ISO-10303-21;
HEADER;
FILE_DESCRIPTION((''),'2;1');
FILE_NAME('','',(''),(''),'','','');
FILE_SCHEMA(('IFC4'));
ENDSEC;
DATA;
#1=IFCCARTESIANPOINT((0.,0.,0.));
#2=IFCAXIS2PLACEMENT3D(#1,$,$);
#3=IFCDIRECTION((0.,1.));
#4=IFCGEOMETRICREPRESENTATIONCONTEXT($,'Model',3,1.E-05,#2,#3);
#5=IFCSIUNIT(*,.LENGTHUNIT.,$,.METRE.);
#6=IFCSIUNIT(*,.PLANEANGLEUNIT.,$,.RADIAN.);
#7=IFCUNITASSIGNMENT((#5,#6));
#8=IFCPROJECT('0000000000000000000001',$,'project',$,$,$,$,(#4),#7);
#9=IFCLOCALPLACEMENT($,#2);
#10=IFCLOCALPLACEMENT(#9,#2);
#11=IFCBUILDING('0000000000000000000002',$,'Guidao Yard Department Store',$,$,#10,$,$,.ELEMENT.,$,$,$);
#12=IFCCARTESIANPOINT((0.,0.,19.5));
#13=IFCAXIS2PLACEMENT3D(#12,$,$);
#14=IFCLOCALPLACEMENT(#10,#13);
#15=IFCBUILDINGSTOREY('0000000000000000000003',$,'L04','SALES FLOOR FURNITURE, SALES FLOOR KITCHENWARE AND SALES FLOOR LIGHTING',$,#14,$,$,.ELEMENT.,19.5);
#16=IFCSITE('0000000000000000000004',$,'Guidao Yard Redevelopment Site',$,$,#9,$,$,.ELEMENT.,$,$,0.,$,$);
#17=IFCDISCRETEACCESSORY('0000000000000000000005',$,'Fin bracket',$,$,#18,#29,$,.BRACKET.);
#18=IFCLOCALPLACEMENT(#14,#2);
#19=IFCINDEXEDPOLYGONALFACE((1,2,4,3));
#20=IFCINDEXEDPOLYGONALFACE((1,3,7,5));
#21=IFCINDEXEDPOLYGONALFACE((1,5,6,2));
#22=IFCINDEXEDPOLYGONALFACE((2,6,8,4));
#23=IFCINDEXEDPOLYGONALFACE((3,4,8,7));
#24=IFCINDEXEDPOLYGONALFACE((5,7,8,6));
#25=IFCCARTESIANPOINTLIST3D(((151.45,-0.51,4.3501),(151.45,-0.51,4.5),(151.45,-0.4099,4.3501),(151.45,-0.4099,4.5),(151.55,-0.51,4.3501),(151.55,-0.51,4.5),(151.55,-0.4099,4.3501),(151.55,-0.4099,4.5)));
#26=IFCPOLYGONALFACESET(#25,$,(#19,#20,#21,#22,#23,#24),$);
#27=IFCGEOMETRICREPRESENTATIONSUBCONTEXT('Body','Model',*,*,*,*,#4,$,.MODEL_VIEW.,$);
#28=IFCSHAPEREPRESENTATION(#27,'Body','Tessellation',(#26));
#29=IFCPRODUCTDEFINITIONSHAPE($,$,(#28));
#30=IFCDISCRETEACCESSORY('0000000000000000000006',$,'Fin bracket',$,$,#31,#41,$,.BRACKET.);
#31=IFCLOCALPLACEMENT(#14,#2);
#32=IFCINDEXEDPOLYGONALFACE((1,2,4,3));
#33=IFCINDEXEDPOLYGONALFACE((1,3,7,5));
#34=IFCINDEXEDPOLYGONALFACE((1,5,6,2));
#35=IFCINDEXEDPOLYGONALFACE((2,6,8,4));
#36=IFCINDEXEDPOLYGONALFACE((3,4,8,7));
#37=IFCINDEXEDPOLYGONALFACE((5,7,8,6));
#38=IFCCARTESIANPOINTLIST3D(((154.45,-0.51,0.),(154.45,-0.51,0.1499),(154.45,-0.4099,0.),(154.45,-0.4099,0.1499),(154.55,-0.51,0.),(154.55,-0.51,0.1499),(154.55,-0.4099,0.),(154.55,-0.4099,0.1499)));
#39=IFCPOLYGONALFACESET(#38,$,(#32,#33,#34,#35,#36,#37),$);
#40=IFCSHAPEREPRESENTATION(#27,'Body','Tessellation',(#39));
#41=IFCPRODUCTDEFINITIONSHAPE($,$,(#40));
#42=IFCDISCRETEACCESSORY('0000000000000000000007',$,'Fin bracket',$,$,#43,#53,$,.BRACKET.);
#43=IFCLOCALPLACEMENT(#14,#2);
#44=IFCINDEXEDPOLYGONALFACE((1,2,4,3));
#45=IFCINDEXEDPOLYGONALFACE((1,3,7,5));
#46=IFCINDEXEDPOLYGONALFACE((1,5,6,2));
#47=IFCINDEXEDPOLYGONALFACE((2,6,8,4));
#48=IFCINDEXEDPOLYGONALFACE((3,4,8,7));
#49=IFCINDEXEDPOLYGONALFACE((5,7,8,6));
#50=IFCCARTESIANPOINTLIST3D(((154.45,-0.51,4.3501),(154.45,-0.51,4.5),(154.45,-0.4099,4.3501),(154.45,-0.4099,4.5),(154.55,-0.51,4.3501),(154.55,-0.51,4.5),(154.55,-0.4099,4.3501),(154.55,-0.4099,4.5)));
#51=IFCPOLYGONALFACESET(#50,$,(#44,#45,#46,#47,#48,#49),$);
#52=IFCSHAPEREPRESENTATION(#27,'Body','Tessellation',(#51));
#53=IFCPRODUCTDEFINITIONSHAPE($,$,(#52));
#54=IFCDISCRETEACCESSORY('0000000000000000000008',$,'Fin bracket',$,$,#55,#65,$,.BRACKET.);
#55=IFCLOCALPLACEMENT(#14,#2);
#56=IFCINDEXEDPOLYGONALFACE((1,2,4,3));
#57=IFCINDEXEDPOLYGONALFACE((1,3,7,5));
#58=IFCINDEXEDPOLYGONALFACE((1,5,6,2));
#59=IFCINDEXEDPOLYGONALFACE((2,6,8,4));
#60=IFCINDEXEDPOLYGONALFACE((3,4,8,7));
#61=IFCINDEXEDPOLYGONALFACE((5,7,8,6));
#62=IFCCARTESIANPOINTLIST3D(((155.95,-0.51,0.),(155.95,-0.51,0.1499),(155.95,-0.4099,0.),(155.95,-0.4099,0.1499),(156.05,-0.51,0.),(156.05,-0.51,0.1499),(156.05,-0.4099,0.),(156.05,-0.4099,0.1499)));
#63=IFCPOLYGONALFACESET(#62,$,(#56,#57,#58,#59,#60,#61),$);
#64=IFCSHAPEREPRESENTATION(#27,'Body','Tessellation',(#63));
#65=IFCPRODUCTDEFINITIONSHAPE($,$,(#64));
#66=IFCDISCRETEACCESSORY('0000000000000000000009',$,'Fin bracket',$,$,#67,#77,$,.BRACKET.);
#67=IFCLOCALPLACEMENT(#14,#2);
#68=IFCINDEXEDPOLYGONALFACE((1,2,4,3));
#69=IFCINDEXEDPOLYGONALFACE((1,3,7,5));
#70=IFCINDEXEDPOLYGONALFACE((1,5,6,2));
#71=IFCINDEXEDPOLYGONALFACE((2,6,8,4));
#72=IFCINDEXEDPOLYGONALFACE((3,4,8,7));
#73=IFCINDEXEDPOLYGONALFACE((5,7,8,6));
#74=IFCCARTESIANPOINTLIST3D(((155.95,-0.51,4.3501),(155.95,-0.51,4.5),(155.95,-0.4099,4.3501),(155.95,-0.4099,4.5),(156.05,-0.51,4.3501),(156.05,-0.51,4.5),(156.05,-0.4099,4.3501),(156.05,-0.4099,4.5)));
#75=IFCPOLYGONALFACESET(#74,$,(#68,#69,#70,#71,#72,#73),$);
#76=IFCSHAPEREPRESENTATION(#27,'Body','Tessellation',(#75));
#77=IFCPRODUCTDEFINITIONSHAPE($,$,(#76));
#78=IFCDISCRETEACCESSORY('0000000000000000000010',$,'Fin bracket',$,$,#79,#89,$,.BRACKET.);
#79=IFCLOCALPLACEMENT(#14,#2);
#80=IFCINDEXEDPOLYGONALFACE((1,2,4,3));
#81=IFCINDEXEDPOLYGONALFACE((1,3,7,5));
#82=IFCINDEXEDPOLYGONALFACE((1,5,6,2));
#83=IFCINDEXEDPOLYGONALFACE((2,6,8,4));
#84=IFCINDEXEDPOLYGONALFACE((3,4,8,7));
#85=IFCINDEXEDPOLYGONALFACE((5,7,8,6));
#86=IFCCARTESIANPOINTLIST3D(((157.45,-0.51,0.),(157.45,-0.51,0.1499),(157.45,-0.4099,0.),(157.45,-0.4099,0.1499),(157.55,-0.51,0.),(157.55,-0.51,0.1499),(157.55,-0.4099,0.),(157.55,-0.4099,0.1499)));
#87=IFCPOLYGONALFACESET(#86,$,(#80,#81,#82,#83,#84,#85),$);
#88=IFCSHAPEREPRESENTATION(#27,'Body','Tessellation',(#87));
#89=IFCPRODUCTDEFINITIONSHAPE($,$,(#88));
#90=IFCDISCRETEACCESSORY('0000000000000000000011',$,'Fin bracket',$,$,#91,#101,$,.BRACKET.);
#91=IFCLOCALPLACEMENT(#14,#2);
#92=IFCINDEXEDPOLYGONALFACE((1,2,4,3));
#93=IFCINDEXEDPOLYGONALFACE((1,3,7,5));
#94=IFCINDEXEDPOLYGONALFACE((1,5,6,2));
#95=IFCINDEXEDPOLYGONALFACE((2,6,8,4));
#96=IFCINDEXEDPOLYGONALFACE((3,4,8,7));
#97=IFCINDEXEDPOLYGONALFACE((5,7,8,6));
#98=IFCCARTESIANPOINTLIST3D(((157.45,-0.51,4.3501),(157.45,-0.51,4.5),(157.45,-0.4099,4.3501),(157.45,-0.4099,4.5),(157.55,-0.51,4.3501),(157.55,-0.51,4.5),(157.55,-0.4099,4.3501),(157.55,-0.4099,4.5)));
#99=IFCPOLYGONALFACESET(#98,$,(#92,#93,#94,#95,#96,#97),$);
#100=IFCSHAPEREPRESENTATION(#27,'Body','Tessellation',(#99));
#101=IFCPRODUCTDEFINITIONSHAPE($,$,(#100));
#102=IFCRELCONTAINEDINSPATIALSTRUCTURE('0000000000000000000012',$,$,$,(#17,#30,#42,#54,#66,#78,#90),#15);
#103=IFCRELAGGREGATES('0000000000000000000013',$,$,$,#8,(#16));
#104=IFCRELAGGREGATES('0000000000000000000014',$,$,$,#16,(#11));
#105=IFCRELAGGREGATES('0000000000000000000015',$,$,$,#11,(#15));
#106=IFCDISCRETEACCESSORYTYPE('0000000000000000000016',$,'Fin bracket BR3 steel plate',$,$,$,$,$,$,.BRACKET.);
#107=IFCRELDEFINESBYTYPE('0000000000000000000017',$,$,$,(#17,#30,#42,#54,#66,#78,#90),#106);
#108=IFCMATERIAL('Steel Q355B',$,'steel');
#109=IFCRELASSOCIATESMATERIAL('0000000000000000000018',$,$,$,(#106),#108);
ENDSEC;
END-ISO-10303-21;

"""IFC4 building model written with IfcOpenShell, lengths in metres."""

from ifc_helpers import new_model, si_unit, direction, frame, origin, origin_2d, place, context, subcontext, project, spatial, rectangle, extrude, material, type_object, element, save


model = new_model("IFC4")

# Units and contexts
model_context = context("Model", 3, precision=1e-05, world=origin(), true_north=direction((0.0, 1.0)))
body_context = subcontext(model_context, "Body", "Model", "MODEL_VIEW")
ifc_project = project(units=[si_unit("LENGTHUNIT", "METRE"), si_unit("PLANEANGLEUNIT", "RADIAN")], contexts=[model_context])

# Site, building, storey
site_placement = place(None, origin())
site = spatial("IfcSite", under=ifc_project, at=site_placement, Name="Guidao Yard Redevelopment Site", CompositionType="ELEMENT", RefElevation=0.0)
building_placement = place(site_placement, origin())
building = spatial("IfcBuilding", under=site, at=building_placement, Name="Guidao Yard Department Store", CompositionType="ELEMENT")
storey_placement = place(building_placement, frame((0.0, 0.0, 19.5)))
storey = spatial("IfcBuildingStorey", under=building, at=storey_placement, Name="L04", Description="SALES FLOOR FURNITURE, SALES FLOOR KITCHENWARE AND SALES FLOOR LIGHTING", CompositionType="ELEMENT", Elevation=19.5)

# Discrete accessories
ifc_material_1 = material(Name="Steel Q355B", Category="steel")
discrete_accessory_type = type_object("IfcDiscreteAccessoryType", Name="Fin bracket BR3 steel plate", PredefinedType="BRACKET", material=ifc_material_1)
for number, where, z_axis, x_axis, name in (
    (1, (151.5, -0.46, 4.3501), (0.0, 0.0, 1.0), (-1.0, 0.0, 0.0), "Fin bracket"),
    (2, (154.5, -0.46, 0.0), (0.0, 0.0, 1.0), (-1.0, 0.0, 0.0), "Fin bracket"),
    (3, (154.5, -0.46, 4.3501), (0.0, 0.0, 1.0), (-1.0, 0.0, 0.0), "Fin bracket"),
    (4, (156.0, -0.46, 0.0), (0.0, 0.0, 1.0), (-1.0, 0.0, 0.0), "Fin bracket"),
    (5, (156.0, -0.46, 4.3501), (0.0, 0.0, 1.0), (-1.0, 0.0, 0.0), "Fin bracket"),
    (6, (157.5, -0.46, 0.0), (0.0, 0.0, 1.0), (-1.0, 0.0, 0.0), "Fin bracket"),
    (7, (157.5, -0.46, 4.3501), (0.0, 0.0, 1.0), (-1.0, 0.0, 0.0), "Fin bracket"),
):
    element("IfcDiscreteAccessory", number, at=place(storey_placement, frame(where, z_axis=z_axis, x_axis=x_axis)), inside=storey, type_object=discrete_accessory_type, Name=name, PredefinedType="BRACKET", context=body_context, shape_type="SweptSolid", body=[
        extrude(rectangle(XDim=0.1001, YDim=0.1001, at=origin_2d()), origin(), (0.0, 0.0, 1.0), 0.1499),
    ])

save(model, "model.ifc")
